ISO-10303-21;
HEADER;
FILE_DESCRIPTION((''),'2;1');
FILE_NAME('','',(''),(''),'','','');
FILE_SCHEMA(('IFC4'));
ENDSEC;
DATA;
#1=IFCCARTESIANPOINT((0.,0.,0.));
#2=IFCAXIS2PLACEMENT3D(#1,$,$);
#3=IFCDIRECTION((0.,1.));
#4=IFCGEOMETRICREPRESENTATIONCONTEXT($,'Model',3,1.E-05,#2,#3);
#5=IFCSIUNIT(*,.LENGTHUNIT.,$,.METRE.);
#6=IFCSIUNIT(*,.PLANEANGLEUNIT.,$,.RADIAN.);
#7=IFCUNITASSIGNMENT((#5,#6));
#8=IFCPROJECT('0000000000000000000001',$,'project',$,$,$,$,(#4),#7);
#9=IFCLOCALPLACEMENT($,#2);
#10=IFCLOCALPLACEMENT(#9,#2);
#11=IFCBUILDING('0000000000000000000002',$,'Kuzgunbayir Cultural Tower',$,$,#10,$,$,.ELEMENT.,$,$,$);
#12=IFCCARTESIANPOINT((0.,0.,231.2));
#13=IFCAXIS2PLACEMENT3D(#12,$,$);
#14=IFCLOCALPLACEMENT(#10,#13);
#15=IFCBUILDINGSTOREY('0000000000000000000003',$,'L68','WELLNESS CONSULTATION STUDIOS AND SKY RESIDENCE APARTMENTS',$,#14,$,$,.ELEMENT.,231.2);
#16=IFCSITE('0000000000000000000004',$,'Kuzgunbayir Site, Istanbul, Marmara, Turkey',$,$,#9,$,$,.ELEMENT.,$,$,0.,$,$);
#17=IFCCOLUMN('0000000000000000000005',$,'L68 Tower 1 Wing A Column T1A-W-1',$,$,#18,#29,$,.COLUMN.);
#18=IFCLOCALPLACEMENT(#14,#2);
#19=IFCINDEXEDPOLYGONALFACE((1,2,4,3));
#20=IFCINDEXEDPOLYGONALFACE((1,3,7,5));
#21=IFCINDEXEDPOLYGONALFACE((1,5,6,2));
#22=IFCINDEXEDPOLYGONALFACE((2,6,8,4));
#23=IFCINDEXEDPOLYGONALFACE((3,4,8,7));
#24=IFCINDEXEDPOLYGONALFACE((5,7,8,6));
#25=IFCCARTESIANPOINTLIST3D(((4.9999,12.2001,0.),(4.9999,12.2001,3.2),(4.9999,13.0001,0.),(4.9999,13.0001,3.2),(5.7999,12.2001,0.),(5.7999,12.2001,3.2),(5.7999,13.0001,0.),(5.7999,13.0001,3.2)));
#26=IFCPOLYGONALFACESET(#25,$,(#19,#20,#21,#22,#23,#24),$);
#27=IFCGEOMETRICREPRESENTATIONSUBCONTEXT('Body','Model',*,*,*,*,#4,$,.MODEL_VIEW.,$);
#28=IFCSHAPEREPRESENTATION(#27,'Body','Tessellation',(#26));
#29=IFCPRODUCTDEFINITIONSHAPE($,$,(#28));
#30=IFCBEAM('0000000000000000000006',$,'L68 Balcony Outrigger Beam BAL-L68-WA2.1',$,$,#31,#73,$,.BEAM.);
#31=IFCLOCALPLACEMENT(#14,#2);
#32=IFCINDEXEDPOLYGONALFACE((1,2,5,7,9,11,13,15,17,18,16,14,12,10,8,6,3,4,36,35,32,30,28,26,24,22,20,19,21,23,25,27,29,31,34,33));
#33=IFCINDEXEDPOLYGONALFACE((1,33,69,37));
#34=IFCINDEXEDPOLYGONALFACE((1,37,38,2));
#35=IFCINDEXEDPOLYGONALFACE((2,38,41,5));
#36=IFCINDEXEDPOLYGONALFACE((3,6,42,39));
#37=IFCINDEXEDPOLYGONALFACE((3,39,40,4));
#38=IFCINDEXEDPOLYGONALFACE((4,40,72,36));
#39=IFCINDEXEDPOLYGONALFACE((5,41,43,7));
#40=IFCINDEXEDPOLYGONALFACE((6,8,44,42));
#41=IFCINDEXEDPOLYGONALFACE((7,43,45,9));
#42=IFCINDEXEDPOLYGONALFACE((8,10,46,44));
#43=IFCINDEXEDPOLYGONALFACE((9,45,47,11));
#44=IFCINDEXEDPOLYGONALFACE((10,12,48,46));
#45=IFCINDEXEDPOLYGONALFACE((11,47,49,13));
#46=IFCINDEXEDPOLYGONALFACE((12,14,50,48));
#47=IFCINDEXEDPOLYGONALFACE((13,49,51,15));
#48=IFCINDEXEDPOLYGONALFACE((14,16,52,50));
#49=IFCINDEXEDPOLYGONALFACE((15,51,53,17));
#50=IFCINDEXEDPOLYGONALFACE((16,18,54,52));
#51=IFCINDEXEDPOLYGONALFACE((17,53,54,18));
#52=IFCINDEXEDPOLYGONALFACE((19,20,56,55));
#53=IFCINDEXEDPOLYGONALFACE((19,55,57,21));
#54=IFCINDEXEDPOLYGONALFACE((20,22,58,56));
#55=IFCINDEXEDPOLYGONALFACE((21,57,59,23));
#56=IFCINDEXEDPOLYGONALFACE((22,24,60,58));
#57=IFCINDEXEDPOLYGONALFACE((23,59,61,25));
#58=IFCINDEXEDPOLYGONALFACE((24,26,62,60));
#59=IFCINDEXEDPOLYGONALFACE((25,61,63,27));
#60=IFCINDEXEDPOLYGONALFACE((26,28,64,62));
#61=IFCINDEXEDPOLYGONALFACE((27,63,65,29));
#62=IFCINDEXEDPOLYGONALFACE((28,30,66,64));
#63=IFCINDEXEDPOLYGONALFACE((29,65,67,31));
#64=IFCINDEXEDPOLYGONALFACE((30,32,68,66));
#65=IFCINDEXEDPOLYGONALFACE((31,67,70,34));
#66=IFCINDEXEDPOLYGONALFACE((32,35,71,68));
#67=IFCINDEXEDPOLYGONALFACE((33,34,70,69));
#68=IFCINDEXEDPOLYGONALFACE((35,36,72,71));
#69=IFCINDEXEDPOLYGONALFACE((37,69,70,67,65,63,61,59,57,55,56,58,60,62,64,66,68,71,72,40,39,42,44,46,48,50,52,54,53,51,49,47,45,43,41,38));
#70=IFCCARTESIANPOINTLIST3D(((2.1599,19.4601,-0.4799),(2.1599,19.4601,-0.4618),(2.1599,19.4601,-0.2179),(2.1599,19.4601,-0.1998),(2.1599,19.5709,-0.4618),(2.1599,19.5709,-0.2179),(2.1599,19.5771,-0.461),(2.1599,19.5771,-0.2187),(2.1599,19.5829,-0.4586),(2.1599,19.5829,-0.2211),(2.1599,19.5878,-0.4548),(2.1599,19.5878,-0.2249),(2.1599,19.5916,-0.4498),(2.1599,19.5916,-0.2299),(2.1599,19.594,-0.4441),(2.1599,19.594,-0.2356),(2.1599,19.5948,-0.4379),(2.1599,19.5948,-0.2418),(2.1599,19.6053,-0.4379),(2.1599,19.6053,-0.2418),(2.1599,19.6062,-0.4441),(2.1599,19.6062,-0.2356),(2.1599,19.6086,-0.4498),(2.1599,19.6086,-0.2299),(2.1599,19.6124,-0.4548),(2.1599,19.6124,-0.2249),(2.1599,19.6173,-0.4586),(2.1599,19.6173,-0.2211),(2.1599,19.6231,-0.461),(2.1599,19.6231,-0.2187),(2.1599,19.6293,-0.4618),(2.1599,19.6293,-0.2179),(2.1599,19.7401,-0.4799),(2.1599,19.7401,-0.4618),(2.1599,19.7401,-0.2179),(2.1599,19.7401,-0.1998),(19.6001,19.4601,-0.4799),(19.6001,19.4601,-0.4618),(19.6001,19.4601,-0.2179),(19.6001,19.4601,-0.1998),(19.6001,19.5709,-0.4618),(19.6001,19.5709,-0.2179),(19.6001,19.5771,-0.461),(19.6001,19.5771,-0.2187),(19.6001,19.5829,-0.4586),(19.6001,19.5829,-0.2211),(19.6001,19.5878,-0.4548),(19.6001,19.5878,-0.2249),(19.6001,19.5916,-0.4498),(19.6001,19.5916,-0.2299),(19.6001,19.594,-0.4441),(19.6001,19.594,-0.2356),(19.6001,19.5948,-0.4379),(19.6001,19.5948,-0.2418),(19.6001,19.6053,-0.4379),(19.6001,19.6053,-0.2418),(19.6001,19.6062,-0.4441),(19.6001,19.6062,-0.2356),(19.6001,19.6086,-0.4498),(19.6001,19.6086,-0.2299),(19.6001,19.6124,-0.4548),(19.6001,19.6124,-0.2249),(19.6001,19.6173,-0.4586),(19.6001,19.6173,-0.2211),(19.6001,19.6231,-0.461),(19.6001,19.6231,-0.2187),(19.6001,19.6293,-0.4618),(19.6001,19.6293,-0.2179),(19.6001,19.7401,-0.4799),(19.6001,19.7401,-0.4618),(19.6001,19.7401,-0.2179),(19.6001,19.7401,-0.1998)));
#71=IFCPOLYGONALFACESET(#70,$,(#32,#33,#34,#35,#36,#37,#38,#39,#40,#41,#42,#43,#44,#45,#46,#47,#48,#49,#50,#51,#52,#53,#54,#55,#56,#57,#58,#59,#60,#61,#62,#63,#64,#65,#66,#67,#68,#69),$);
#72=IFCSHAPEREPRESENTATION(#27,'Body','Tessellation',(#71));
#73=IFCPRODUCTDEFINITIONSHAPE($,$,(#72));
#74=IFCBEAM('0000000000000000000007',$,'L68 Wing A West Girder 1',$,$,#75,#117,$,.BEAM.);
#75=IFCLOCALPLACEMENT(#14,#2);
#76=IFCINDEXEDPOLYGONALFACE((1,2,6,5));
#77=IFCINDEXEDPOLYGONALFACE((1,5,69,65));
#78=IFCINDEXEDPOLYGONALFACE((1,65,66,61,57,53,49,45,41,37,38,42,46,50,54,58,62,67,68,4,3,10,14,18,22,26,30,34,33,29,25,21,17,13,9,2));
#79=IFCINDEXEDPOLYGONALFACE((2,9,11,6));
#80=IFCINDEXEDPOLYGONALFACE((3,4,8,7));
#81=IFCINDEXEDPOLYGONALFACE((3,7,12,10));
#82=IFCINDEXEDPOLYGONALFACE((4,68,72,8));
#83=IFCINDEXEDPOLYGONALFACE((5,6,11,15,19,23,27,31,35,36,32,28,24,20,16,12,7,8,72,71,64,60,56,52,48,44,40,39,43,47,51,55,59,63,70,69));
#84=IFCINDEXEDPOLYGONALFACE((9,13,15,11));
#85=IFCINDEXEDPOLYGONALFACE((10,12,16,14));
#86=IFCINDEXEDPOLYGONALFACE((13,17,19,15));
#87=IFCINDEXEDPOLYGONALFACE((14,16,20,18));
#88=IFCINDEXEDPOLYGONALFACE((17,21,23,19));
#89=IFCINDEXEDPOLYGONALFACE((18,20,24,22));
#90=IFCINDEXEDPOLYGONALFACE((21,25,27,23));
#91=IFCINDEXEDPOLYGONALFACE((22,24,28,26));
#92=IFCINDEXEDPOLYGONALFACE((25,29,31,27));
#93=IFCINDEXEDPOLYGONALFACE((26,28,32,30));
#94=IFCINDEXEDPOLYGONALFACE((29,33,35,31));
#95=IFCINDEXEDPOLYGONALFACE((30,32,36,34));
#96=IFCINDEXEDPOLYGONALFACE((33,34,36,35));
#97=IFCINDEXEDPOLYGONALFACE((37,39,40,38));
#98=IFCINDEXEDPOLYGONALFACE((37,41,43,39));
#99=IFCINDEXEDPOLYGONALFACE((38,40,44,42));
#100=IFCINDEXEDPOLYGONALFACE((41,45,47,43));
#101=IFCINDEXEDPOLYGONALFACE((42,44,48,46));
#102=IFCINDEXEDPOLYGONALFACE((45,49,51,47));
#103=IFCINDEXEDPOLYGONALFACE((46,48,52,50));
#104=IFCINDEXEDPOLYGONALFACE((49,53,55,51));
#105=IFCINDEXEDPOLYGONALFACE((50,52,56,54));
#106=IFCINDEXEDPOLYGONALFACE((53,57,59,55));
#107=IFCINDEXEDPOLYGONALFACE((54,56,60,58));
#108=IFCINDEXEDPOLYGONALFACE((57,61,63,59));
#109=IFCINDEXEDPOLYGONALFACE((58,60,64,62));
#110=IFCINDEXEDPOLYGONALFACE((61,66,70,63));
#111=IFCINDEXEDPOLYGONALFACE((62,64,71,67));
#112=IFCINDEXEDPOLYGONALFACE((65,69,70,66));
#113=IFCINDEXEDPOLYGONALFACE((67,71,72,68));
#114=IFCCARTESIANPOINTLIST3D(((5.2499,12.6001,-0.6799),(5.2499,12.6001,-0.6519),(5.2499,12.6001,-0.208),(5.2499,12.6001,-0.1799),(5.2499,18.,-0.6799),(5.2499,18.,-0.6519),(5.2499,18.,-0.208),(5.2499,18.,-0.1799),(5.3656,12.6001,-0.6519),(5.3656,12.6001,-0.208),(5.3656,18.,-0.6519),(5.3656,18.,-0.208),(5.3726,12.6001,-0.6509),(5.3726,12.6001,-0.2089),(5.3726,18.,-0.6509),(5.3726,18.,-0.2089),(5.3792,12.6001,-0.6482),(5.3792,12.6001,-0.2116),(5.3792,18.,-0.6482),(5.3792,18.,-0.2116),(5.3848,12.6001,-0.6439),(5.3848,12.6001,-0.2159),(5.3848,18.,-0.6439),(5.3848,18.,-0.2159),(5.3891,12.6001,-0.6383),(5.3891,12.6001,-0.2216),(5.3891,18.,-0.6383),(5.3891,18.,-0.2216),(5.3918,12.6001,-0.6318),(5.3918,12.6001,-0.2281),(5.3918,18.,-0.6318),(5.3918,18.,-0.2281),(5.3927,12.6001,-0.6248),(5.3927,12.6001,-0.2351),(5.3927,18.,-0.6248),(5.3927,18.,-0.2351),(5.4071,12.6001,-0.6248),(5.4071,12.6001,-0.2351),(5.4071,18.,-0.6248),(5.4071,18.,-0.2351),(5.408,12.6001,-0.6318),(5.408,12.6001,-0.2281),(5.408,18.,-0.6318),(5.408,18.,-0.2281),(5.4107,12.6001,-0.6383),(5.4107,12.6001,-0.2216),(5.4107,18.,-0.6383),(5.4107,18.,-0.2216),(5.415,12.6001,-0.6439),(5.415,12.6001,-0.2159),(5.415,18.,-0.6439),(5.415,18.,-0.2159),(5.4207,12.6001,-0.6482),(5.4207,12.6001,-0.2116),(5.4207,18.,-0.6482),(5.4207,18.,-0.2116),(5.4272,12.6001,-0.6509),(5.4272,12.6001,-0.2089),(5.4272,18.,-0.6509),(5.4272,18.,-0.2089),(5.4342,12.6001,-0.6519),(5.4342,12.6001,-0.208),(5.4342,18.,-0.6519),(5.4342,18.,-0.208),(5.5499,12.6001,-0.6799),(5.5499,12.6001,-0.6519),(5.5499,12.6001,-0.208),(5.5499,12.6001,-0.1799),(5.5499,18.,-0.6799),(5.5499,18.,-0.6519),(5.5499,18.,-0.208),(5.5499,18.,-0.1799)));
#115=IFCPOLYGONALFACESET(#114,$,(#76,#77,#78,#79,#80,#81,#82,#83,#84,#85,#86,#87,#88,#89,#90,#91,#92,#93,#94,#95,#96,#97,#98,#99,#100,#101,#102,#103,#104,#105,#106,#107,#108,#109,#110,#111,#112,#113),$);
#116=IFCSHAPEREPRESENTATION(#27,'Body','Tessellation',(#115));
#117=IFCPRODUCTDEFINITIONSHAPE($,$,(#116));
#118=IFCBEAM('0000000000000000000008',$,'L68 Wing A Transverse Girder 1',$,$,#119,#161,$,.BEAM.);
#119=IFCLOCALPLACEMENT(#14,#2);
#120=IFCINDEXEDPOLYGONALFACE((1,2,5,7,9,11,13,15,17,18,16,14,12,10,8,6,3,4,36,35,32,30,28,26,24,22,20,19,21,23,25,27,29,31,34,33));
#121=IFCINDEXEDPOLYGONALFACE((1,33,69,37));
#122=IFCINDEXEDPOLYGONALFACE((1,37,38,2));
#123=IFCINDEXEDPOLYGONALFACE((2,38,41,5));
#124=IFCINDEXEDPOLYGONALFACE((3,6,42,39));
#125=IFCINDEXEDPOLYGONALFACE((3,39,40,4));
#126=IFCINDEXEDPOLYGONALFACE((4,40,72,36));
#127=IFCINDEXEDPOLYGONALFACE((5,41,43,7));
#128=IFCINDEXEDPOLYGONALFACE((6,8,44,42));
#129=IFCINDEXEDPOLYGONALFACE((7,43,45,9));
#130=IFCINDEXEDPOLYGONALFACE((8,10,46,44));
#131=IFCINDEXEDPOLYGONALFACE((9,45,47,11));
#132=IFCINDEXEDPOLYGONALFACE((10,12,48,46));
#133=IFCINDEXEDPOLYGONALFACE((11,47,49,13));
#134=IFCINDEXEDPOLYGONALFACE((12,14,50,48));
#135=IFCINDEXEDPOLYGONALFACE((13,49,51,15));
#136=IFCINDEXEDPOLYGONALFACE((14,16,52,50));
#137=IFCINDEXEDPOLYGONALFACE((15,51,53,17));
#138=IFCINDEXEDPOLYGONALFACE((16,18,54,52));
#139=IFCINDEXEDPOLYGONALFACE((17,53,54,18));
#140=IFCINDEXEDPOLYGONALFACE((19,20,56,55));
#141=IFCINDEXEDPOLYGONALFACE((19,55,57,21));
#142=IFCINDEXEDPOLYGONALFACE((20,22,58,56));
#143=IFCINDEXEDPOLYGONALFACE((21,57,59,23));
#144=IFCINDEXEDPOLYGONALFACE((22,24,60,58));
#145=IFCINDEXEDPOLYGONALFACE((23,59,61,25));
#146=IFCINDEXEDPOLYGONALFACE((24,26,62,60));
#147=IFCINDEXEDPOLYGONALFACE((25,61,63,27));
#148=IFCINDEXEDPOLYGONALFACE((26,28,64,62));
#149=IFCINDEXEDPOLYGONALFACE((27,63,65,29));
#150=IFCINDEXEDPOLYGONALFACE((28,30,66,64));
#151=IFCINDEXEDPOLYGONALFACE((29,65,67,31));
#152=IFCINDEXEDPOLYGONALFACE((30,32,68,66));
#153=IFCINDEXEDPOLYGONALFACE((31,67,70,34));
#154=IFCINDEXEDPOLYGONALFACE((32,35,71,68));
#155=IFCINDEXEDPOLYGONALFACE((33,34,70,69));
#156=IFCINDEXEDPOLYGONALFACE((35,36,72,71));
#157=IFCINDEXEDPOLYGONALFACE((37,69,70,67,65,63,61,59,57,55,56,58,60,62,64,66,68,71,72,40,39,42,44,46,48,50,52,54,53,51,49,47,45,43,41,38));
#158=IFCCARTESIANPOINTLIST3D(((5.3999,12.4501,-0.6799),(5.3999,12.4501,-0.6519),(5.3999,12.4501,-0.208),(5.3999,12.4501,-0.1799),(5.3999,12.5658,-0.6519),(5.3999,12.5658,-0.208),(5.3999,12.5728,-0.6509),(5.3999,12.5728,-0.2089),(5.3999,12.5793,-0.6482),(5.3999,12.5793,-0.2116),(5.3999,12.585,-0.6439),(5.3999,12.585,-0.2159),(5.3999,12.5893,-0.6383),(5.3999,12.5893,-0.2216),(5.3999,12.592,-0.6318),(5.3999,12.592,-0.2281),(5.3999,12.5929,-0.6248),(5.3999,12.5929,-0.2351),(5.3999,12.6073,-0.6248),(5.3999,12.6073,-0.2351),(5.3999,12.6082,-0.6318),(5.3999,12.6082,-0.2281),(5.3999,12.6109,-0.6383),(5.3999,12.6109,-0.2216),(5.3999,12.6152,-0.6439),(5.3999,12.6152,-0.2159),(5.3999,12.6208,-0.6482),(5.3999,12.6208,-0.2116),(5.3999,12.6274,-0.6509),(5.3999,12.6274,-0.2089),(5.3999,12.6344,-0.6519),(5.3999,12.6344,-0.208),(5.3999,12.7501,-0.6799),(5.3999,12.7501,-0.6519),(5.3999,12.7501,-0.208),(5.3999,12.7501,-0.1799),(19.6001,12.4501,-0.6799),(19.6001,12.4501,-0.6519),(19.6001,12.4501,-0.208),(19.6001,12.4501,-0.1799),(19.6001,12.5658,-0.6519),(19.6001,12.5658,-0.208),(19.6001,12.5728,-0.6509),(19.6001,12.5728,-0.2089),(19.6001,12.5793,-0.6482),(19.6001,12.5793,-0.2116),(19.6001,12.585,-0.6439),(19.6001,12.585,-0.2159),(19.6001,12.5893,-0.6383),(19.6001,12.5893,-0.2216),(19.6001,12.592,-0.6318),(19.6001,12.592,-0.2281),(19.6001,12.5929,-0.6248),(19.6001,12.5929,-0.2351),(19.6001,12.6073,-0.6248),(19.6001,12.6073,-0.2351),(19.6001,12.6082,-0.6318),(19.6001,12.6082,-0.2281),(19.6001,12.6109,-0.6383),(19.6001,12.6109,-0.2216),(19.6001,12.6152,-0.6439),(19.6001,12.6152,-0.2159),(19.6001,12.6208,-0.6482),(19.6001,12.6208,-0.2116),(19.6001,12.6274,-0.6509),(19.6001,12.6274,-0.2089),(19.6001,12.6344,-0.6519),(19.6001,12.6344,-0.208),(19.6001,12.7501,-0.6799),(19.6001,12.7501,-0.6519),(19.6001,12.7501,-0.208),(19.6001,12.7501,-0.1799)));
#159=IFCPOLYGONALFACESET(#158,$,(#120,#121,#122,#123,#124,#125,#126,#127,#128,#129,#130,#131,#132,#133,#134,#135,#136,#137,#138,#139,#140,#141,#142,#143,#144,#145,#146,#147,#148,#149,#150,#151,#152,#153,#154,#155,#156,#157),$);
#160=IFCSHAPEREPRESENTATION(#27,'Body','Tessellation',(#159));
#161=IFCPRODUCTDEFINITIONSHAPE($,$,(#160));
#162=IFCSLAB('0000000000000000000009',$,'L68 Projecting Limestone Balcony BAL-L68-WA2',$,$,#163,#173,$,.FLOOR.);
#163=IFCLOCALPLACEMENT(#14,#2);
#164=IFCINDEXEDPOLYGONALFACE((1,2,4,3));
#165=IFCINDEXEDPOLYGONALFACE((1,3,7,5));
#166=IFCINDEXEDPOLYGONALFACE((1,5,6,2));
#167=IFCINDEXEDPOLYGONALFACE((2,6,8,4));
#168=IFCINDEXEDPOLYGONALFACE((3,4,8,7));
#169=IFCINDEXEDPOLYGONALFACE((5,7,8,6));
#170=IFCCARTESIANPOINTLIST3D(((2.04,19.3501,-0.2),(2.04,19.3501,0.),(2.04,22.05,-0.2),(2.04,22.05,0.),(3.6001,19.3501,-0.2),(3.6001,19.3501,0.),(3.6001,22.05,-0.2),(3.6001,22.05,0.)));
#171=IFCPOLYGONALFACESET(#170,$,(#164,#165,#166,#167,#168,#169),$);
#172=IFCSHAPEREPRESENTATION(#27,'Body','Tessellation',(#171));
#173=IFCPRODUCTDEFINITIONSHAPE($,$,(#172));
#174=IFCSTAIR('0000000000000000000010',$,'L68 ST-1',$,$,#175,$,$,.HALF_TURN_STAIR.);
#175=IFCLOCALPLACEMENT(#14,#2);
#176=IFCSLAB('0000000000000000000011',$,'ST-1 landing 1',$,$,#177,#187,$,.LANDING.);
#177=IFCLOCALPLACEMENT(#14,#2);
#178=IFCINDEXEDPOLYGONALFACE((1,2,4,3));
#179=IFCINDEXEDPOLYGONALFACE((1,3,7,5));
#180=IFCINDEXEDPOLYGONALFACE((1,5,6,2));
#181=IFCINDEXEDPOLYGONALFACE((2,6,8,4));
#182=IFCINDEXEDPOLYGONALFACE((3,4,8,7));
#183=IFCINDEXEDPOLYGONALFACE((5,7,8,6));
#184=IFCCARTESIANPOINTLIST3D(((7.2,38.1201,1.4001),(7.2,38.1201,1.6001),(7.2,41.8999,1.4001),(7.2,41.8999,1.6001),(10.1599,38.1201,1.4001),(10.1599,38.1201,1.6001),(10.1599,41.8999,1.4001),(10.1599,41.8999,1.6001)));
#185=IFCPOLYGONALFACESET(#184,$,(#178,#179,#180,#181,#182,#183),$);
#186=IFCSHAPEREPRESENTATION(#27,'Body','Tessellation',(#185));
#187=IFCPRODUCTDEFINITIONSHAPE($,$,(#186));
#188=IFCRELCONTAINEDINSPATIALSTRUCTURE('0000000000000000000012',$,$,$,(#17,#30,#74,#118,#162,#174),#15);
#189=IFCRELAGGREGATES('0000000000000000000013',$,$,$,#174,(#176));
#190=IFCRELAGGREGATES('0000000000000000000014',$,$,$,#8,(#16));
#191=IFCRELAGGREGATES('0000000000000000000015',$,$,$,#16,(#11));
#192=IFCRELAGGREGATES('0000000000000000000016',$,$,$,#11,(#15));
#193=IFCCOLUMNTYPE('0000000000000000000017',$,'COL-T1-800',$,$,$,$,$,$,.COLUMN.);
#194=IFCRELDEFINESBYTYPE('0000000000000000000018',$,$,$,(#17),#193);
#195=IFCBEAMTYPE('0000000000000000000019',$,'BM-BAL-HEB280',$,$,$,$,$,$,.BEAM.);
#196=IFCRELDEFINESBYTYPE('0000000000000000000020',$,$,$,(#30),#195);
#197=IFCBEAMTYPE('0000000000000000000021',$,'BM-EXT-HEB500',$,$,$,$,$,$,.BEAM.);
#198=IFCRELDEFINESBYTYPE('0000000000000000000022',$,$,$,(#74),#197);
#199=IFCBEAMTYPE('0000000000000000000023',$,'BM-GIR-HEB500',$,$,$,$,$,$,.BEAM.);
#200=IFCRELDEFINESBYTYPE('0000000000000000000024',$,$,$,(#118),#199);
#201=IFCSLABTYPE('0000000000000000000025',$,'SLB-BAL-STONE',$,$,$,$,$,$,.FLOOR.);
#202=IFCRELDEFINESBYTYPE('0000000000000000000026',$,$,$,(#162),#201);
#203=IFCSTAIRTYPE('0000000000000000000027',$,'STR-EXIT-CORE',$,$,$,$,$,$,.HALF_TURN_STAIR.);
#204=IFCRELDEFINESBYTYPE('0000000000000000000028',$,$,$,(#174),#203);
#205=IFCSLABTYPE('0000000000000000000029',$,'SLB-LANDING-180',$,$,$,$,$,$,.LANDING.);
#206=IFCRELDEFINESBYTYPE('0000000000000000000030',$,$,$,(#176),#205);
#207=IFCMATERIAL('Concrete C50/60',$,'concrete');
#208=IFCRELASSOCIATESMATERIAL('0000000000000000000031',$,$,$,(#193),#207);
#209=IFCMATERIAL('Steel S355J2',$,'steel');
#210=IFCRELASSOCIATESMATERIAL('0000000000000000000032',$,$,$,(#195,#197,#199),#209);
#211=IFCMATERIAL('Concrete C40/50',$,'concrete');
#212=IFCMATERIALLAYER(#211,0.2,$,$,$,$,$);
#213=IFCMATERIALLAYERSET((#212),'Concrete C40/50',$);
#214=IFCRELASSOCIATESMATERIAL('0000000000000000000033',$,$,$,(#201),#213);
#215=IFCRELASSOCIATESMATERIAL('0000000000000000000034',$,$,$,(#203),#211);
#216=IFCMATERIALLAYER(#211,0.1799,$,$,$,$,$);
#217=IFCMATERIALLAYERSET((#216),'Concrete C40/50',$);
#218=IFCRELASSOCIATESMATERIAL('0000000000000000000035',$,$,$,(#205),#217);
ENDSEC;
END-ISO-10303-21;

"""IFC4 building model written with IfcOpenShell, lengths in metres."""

from ifc_helpers import new_model, si_unit, direction, frame, origin, origin_2d, place, context, subcontext, project, spatial, polyline, rectangle, i_section, outline, extrude, material, layer, layer_set, material_profile, profile_set, type_object, element, aggregate, save


model = new_model("IFC4")

# Units and contexts
model_context = context("Model", 3, precision=1e-05, world=origin(), true_north=direction((0.0, 1.0)))
body_context = subcontext(model_context, "Body", "Model", "MODEL_VIEW")
ifc_project = project(units=[si_unit("LENGTHUNIT", "METRE"), si_unit("PLANEANGLEUNIT", "RADIAN")], contexts=[model_context])

# Site, building, storey
site_placement = place(None, origin())
site = spatial("IfcSite", under=ifc_project, at=site_placement, Name="Kuzgunbayir Site, Istanbul, Marmara, Turkey", CompositionType="ELEMENT", RefElevation=0.0)
building_placement = place(site_placement, origin())
building = spatial("IfcBuilding", under=site, at=building_placement, Name="Kuzgunbayir Cultural Tower", CompositionType="ELEMENT")
storey_placement = place(building_placement, frame((0.0, 0.0, 231.2)))
storey = spatial("IfcBuildingStorey", under=building, at=storey_placement, Name="L68", Description="WELLNESS CONSULTATION STUDIOS AND SKY RESIDENCE APARTMENTS", CompositionType="ELEMENT", Elevation=231.2)

# Column
ifc_material_1 = material(Name="Concrete C50/60", Category="concrete")
ifc_material_profile_1 = material_profile(ifc_material_1, rectangle(XDim=0.8, YDim=0.8, at=origin_2d()), Name="RC 800x800")
ifc_profile_set_1 = profile_set([ifc_material_profile_1], Name="Concrete C50/60")
column_type = type_object("IfcColumnType", Name="COL-T1-800", PredefinedType="COLUMN", material=ifc_profile_set_1)
column_placement = place(storey_placement, frame((5.3999, 12.6001, 0.0), z_axis=(0.0, 0.0, 1.0), x_axis=(1.0, 0.0, 0.0)))
element("IfcColumn", 1, at=column_placement, inside=storey, type_object=column_type, Name="L68 Tower 1 Wing A Column T1A-W-1", PredefinedType="COLUMN", context=body_context, shape_type="SweptSolid", body=[
    extrude(rectangle(XDim=0.8, YDim=0.8, at=origin_2d()), origin(), (0.0, 0.0, 1.0), 3.2),
])

# Beams
ifc_material_2 = material(Name="Steel S355J2", Category="steel")
ifc_material_profile_2 = material_profile(ifc_material_2, i_section(OverallWidth=0.28, OverallDepth=0.28, WebThickness=0.0105, FlangeThickness=0.0181, FilletRadius=0.0239, at=origin_2d()), Name="HEB 280")
ifc_profile_set_2 = profile_set([ifc_material_profile_2], Name="Steel S355J2")
beam_type_1 = type_object("IfcBeamType", Name="BM-BAL-HEB280", PredefinedType="BEAM", material=ifc_profile_set_2)
beam_1_placement = place(storey_placement, frame((2.1599, 19.6001, -0.3398), z_axis=(1.0, 0.0, 0.0), x_axis=(0.0, 1.0, 0.0)))
element("IfcBeam", 2, at=beam_1_placement, inside=storey, type_object=beam_type_1, Name="L68 Balcony Outrigger Beam BAL-L68-WA2.1", PredefinedType="BEAM", context=body_context, shape_type="SweptSolid", body=[
    extrude(i_section(OverallWidth=0.28, OverallDepth=0.28, WebThickness=0.0105, FlangeThickness=0.0181, FilletRadius=0.0239, at=origin_2d()), origin(), (0.0, 0.0, 1.0), 17.4402),
])
ifc_material_profile_3 = material_profile(ifc_material_2, i_section(OverallWidth=0.3, OverallDepth=0.5, WebThickness=0.0144, FlangeThickness=0.0281, FilletRadius=0.0271, at=origin_2d()), Name="HEB 500")
ifc_profile_set_3 = profile_set([ifc_material_profile_3], Name="Steel S355J2")
beam_type_2 = type_object("IfcBeamType", Name="BM-EXT-HEB500", PredefinedType="BEAM", material=ifc_profile_set_3)
beam_2_placement = place(storey_placement, frame((5.3999, 12.6001, -0.4299), z_axis=(0.0, 1.0, 0.0), x_axis=(-1.0, 0.0, 0.0)))
element("IfcBeam", 3, at=beam_2_placement, inside=storey, type_object=beam_type_2, Name="L68 Wing A West Girder 1", PredefinedType="BEAM", context=body_context, shape_type="SweptSolid", body=[
    extrude(i_section(OverallWidth=0.3, OverallDepth=0.5, WebThickness=0.0144, FlangeThickness=0.0281, FilletRadius=0.0271, at=origin_2d()), origin(), (0.0, 0.0, 1.0), 5.3999),
])
ifc_material_profile_4 = material_profile(ifc_material_2, i_section(OverallWidth=0.3, OverallDepth=0.5, WebThickness=0.0144, FlangeThickness=0.0281, FilletRadius=0.0271, at=origin_2d()), Name="HEB 500")
ifc_profile_set_4 = profile_set([ifc_material_profile_4], Name="Steel S355J2")
beam_type_3 = type_object("IfcBeamType", Name="BM-GIR-HEB500", PredefinedType="BEAM", material=ifc_profile_set_4)
beam_3_placement = place(storey_placement, frame((5.3999, 12.6001, -0.4299), z_axis=(1.0, 0.0, 0.0), x_axis=(0.0, 1.0, 0.0)))
element("IfcBeam", 4, at=beam_3_placement, inside=storey, type_object=beam_type_3, Name="L68 Wing A Transverse Girder 1", PredefinedType="BEAM", context=body_context, shape_type="SweptSolid", body=[
    extrude(i_section(OverallWidth=0.3, OverallDepth=0.5, WebThickness=0.0144, FlangeThickness=0.0281, FilletRadius=0.0271, at=origin_2d()), origin(), (0.0, 0.0, 1.0), 14.2002),
])

# Slab
ifc_material_3 = material(Name="Concrete C40/50", Category="concrete")
ifc_layer_1 = layer(ifc_material_3, 0.2)
ifc_layer_set_1 = layer_set([ifc_layer_1], Name="Concrete C40/50")
slab_type_1 = type_object("IfcSlabType", Name="SLB-BAL-STONE", PredefinedType="FLOOR", material=ifc_layer_set_1)
slab_1_placement = place(storey_placement, frame((0.0, 0.0, -0.2)))
element("IfcSlab", 5, at=slab_1_placement, inside=storey, type_object=slab_type_1, Name="L68 Projecting Limestone Balcony BAL-L68-WA2", PredefinedType="FLOOR", context=body_context, shape_type="SweptSolid", body=[
    extrude(outline(polyline([(2.04, 19.3501), (3.6001, 19.3501), (3.6001, 22.05), (2.04, 22.05), (2.04, 19.3501)])), origin(), (0.0, 0.0, 1.0), 0.2),
])

# Stair, slab
stair_type = type_object("IfcStairType", Name="STR-EXIT-CORE", PredefinedType="HALF_TURN_STAIR", material=ifc_material_3)
stair_1_placement = place(storey_placement, origin())
stair_1 = element("IfcStair", 6, at=stair_1_placement, inside=storey, type_object=stair_type, Name="L68 ST-1", PredefinedType="HALF_TURN_STAIR")
ifc_layer_2 = layer(ifc_material_3, 0.1799)
ifc_layer_set_2 = layer_set([ifc_layer_2], Name="Concrete C40/50")
slab_type_2 = type_object("IfcSlabType", Name="SLB-LANDING-180", PredefinedType="LANDING", material=ifc_layer_set_2)
slab_2_placement = place(storey_placement, frame((0.0, 0.0, 1.4001)))
slab_2 = element("IfcSlab", 7, at=slab_2_placement, type_object=slab_type_2, Name="ST-1 landing 1", PredefinedType="LANDING", context=body_context, shape_type="SweptSolid", body=[
    extrude(outline(polyline([(10.1599, 38.1201), (10.1599, 41.8999), (7.2, 41.8999), (7.2, 38.1201), (10.1599, 38.1201)])), origin(), (0.0, 0.0, 1.0), 0.2),
])
aggregate(stair_1, [slab_2])

save(model, "model.ifc")
